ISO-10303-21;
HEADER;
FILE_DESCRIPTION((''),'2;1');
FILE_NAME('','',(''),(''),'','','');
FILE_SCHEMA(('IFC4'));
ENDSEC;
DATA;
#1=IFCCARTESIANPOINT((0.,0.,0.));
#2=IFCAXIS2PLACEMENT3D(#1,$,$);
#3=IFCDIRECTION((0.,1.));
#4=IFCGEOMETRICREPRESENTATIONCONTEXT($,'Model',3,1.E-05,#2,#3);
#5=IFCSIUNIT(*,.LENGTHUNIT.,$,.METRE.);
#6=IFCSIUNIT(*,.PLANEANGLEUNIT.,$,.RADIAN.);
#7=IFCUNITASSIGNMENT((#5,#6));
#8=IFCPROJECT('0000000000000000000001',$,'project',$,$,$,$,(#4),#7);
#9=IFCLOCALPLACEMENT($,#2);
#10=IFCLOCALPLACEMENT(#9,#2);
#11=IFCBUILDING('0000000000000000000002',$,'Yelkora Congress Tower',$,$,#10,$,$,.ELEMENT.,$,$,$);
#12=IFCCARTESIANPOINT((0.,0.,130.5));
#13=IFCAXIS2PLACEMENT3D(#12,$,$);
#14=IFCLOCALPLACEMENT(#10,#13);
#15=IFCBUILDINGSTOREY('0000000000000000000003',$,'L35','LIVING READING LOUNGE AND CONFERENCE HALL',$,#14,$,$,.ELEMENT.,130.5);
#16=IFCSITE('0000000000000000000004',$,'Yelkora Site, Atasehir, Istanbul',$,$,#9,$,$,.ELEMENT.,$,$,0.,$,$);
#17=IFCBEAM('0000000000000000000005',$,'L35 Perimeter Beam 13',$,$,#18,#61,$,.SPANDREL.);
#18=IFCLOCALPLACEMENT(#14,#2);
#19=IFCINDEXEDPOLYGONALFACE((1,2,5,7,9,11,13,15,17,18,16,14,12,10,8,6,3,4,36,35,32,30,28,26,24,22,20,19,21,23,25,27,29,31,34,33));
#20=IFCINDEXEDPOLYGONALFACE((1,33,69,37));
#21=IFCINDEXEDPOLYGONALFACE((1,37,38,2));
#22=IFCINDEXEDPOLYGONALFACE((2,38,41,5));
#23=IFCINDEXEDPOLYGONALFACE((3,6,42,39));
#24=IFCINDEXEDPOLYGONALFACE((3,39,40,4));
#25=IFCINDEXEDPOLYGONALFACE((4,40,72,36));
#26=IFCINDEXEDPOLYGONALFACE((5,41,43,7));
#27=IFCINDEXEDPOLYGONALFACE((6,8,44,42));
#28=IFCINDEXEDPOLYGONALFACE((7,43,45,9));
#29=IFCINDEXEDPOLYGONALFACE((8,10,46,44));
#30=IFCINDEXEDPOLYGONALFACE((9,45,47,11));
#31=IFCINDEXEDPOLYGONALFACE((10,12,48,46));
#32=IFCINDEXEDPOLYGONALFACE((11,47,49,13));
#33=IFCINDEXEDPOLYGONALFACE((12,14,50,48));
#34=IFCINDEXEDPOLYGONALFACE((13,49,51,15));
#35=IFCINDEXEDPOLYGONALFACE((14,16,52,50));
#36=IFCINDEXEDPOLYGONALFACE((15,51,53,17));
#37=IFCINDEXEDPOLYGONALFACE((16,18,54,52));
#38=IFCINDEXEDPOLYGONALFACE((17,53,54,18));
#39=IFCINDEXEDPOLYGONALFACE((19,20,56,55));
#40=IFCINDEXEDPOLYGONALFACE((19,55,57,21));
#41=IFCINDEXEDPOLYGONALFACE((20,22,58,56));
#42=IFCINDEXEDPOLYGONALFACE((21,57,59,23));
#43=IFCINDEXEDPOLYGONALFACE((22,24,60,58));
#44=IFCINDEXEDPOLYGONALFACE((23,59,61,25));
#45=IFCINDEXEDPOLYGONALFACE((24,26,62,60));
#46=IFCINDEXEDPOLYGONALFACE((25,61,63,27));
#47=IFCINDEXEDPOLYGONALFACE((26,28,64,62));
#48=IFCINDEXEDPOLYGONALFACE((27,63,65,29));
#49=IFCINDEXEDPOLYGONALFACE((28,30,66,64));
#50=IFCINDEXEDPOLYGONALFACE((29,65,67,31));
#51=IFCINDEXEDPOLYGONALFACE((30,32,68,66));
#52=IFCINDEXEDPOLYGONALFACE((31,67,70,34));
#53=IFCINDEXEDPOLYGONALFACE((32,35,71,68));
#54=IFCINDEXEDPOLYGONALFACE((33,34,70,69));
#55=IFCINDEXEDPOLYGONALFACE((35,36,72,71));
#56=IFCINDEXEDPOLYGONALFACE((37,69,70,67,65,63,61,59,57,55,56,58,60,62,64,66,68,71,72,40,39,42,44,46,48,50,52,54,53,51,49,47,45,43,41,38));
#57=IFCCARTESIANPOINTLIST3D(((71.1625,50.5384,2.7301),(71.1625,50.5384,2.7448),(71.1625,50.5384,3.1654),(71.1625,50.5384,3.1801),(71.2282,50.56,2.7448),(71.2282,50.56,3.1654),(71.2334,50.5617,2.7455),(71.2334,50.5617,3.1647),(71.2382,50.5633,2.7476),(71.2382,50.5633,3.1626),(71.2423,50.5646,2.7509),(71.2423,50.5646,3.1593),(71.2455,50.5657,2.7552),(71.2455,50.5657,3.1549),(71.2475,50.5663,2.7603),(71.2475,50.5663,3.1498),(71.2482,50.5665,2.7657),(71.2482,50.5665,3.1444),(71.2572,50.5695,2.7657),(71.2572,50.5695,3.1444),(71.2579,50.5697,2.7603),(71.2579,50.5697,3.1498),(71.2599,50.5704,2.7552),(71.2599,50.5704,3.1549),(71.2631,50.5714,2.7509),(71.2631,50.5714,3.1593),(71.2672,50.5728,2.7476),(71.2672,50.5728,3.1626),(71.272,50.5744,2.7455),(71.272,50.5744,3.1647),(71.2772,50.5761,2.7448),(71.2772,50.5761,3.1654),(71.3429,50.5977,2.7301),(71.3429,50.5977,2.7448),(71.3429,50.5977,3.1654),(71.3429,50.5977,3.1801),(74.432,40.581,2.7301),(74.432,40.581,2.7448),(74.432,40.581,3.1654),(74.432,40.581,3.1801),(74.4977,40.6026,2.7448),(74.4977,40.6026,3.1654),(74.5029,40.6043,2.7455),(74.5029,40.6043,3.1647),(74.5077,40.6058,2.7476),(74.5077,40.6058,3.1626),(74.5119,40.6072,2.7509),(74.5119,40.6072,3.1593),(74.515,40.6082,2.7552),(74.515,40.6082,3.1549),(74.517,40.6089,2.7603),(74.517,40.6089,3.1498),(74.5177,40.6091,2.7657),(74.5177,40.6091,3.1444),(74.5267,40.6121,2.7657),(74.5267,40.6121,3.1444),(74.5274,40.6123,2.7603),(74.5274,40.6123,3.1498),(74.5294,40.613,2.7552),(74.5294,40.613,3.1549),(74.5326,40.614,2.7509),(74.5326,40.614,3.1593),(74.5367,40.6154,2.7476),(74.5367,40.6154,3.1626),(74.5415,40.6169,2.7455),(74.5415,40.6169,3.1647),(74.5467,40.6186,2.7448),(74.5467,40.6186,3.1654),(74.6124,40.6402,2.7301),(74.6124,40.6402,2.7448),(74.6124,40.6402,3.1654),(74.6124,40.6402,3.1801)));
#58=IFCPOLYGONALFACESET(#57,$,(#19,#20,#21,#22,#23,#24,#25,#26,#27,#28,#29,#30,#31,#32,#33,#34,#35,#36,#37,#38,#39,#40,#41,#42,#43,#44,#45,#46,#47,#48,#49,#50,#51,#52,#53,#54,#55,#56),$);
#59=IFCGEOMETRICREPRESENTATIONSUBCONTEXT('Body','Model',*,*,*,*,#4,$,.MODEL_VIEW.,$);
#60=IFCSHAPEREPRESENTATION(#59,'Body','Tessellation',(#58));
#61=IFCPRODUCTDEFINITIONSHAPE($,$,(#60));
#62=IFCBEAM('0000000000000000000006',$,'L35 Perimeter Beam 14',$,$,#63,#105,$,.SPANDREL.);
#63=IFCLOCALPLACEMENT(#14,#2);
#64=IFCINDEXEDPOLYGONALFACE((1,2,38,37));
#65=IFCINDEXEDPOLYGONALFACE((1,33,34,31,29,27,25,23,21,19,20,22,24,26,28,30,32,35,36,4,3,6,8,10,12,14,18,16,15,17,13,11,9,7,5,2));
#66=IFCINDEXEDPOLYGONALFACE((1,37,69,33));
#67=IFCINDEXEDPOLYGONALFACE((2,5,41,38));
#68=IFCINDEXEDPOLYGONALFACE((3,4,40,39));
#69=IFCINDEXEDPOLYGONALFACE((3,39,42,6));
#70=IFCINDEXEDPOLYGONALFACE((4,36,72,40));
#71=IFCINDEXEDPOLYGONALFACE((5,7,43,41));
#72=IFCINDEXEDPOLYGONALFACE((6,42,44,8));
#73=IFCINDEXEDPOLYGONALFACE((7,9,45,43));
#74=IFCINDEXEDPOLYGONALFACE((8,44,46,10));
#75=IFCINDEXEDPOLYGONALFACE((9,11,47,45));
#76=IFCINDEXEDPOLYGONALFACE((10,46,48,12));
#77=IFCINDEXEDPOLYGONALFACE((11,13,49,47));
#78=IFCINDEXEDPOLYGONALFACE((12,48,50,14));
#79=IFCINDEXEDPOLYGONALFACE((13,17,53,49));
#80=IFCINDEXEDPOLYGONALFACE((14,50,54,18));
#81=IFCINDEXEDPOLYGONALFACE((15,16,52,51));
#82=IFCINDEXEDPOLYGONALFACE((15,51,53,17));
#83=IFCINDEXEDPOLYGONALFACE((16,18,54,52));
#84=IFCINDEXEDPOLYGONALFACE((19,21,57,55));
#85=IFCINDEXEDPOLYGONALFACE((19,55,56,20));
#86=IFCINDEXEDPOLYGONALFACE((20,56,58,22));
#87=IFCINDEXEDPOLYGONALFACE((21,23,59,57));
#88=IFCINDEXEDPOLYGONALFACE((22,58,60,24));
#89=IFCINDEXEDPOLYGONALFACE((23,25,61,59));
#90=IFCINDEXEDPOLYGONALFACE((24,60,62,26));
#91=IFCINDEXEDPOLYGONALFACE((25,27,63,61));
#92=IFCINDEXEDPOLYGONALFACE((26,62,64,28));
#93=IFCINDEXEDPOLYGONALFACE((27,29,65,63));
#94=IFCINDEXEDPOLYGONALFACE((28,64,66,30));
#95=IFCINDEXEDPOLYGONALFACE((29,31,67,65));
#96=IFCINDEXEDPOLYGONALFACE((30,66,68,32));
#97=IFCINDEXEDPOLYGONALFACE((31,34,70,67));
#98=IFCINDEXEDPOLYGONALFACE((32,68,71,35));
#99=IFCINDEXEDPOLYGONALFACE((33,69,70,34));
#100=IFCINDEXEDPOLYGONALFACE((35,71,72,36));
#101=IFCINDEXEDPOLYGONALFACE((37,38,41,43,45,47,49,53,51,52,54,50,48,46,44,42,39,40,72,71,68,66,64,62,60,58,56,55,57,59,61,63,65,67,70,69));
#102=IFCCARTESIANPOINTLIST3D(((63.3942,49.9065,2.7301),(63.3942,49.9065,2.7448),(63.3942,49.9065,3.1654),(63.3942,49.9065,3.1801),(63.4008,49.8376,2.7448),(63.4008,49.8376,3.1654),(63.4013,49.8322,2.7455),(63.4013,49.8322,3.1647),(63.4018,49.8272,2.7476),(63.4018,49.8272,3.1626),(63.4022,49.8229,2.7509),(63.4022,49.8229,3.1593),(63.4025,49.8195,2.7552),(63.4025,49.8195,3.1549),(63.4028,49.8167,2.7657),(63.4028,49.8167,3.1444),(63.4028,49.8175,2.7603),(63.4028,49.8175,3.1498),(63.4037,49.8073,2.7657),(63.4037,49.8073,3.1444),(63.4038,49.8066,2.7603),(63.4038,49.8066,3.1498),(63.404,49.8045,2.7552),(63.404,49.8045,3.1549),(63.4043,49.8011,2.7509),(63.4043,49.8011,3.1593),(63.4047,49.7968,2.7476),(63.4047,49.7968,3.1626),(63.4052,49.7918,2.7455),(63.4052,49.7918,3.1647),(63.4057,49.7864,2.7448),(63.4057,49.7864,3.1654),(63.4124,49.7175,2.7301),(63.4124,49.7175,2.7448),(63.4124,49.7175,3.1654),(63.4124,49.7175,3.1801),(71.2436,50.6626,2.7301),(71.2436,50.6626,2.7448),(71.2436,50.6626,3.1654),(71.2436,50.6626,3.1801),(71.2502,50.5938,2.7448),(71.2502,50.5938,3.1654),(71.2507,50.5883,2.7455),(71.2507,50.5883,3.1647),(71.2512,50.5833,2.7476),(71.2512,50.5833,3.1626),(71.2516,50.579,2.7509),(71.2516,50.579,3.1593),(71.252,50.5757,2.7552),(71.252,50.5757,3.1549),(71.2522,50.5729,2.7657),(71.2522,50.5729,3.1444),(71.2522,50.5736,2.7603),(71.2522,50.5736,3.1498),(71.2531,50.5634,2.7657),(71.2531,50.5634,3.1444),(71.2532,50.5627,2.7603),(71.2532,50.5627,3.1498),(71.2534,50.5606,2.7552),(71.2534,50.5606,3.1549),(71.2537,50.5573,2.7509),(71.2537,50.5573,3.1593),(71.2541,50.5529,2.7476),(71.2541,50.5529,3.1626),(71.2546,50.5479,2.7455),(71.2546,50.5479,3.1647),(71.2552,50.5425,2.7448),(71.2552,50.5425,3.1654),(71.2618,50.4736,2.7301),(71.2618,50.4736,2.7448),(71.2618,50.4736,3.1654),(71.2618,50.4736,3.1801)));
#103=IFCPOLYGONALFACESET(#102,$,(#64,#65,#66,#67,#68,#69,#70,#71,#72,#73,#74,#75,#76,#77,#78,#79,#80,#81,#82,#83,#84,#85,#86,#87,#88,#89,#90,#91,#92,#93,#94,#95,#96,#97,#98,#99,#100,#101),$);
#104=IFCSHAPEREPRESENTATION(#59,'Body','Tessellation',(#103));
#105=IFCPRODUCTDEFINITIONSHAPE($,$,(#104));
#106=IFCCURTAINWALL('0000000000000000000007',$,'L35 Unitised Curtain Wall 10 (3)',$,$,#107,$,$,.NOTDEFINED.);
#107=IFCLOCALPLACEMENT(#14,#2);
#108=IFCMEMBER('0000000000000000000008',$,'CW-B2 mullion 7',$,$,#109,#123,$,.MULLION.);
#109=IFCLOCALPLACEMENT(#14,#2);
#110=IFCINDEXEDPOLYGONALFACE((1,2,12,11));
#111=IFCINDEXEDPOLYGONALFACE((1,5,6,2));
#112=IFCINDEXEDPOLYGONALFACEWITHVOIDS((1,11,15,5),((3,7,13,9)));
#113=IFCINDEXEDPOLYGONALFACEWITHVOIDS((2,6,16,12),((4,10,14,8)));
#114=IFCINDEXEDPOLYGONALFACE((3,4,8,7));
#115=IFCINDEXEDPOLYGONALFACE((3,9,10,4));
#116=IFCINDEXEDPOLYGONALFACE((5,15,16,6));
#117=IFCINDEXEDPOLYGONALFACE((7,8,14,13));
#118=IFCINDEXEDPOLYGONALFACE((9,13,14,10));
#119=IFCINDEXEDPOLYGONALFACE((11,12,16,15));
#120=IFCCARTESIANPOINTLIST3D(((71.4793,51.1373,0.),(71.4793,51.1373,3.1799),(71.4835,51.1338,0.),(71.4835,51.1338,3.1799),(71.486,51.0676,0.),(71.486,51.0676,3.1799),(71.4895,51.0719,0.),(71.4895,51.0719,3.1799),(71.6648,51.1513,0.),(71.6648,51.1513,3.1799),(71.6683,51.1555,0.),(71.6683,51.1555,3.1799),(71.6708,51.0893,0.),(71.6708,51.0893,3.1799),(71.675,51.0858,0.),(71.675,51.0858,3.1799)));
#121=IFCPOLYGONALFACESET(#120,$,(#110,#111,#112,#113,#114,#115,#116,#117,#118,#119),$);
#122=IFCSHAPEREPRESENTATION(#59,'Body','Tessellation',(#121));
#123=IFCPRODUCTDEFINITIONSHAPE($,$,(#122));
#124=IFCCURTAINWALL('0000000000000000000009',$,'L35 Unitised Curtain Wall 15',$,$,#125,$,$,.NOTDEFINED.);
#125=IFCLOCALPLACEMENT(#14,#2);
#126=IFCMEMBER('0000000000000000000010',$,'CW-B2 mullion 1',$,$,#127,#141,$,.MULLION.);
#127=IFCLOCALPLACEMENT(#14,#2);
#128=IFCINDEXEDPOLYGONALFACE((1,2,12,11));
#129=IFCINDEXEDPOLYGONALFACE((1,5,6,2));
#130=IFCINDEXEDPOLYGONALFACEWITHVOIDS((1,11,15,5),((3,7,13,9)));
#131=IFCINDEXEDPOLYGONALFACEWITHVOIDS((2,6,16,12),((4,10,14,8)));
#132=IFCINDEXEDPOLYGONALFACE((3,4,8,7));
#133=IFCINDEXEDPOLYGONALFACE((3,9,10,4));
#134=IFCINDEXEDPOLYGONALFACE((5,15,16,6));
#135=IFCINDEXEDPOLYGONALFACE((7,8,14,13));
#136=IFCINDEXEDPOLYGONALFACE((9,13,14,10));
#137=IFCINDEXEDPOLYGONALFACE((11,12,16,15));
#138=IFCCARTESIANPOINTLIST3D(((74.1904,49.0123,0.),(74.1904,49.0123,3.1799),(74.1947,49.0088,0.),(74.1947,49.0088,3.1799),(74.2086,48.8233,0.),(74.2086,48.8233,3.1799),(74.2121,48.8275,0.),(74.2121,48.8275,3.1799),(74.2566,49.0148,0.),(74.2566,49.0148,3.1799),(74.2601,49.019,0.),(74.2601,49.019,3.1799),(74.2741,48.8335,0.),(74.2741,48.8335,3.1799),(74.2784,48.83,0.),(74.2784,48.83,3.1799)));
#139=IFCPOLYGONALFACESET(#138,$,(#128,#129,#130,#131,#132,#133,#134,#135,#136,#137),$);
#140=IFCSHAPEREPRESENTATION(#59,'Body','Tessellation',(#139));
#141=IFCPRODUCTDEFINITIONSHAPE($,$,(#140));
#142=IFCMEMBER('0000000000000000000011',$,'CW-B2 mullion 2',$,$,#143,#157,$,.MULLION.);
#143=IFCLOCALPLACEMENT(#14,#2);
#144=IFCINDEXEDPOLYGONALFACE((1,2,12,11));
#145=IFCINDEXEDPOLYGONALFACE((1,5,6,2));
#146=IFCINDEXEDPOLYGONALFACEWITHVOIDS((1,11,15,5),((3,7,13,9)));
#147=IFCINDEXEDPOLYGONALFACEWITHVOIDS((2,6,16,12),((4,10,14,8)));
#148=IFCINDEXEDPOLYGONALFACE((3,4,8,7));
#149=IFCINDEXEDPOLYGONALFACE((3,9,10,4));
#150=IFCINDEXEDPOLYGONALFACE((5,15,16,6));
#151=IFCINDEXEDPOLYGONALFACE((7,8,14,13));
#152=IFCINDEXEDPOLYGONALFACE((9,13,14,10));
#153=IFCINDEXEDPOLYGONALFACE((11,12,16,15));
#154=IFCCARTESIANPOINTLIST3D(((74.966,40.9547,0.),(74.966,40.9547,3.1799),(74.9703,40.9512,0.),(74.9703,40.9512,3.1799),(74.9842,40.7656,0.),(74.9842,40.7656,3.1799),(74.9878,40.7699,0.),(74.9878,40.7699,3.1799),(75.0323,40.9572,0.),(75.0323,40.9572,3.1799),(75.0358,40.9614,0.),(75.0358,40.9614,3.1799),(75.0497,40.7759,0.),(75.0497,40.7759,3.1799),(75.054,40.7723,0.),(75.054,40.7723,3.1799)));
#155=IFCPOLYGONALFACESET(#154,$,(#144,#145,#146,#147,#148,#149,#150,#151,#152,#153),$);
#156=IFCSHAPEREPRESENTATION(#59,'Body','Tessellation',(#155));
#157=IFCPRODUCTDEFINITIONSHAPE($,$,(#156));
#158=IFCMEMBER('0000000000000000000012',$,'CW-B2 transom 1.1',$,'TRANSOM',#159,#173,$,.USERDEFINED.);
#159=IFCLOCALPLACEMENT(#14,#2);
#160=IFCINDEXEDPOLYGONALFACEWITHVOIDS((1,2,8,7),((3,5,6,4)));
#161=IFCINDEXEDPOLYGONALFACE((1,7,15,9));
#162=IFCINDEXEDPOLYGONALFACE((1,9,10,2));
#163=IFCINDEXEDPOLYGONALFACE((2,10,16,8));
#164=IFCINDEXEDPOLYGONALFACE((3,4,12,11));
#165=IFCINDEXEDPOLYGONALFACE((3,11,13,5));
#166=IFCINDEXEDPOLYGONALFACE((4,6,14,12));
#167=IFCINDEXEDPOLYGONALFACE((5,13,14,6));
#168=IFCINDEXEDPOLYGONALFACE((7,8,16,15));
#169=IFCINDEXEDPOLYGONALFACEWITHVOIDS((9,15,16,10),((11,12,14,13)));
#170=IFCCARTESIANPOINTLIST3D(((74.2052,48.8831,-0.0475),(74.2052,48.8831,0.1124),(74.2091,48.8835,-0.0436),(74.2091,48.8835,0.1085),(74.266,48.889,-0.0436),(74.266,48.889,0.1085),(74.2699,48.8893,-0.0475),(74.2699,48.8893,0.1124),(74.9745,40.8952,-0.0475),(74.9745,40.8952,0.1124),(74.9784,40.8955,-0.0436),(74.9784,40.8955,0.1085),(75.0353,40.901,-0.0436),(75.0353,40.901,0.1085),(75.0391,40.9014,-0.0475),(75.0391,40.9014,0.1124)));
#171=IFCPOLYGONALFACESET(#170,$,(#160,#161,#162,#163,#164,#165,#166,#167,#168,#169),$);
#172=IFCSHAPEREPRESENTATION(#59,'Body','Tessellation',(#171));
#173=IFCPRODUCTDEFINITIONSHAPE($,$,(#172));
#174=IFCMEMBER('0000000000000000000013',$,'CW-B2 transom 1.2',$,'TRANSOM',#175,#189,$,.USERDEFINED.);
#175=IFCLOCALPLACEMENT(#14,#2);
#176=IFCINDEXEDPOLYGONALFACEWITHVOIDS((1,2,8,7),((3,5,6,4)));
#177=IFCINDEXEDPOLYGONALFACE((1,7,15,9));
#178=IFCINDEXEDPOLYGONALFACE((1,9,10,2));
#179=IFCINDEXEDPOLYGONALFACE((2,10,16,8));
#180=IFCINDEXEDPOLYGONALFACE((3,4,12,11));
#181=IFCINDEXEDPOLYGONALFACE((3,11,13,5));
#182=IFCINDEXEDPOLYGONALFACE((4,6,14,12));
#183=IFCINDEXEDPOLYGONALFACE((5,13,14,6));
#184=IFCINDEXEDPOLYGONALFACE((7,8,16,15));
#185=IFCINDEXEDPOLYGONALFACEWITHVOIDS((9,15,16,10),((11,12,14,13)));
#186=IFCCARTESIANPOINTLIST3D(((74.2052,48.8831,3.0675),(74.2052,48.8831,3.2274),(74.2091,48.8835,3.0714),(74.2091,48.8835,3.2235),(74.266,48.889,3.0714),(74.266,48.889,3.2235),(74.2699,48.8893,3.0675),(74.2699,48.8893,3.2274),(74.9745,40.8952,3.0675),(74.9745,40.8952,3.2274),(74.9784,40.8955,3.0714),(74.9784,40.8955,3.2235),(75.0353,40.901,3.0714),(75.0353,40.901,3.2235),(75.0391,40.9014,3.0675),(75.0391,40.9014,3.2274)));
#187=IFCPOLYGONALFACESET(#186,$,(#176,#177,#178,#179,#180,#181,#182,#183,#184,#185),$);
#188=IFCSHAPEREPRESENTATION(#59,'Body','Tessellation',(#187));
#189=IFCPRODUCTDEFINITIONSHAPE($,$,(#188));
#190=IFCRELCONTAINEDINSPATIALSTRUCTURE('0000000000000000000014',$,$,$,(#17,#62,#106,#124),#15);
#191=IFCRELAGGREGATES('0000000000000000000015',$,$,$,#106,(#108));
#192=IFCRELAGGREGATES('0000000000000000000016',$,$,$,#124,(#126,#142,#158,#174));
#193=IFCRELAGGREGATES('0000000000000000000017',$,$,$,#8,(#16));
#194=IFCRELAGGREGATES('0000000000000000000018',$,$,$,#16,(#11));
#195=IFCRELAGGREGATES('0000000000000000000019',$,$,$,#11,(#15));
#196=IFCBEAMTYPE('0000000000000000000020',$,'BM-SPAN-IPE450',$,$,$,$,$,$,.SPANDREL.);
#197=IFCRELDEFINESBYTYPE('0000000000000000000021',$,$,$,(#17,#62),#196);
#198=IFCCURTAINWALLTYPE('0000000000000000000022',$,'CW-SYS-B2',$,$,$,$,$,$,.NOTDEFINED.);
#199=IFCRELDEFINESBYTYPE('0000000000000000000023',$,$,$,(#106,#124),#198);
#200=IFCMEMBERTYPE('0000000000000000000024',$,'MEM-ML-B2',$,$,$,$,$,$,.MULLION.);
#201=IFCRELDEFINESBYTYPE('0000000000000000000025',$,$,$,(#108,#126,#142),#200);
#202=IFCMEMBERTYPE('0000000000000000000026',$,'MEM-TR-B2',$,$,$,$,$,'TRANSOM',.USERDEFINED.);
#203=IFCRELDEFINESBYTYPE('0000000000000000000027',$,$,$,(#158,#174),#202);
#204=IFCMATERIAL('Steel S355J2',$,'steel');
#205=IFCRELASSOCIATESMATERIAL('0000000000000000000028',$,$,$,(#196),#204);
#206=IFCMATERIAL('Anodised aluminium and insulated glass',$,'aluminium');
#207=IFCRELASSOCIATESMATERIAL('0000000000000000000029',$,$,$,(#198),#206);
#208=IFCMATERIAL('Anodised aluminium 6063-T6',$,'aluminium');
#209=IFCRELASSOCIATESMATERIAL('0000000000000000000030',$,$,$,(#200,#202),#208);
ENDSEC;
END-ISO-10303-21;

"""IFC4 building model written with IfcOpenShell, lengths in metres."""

from ifc_helpers import new_model, si_unit, direction, frame, origin, origin_2d, place, context, subcontext, project, spatial, hollow_rectangle, i_section, extrude, material, material_profile, profile_set, type_object, element, aggregate, save


model = new_model("IFC4")

# Units and contexts
model_context = context("Model", 3, precision=1e-05, world=origin(), true_north=direction((0.0, 1.0)))
body_context = subcontext(model_context, "Body", "Model", "MODEL_VIEW")
ifc_project = project(units=[si_unit("LENGTHUNIT", "METRE"), si_unit("PLANEANGLEUNIT", "RADIAN")], contexts=[model_context])

# Site, building, storey
site_placement = place(None, origin())
site = spatial("IfcSite", under=ifc_project, at=site_placement, Name="Yelkora Site, Atasehir, Istanbul", CompositionType="ELEMENT", RefElevation=0.0)
building_placement = place(site_placement, origin())
building = spatial("IfcBuilding", under=site, at=building_placement, Name="Yelkora Congress Tower", CompositionType="ELEMENT")
storey_placement = place(building_placement, frame((0.0, 0.0, 130.5)))
storey = spatial("IfcBuildingStorey", under=building, at=storey_placement, Name="L35", Description="LIVING READING LOUNGE AND CONFERENCE HALL", CompositionType="ELEMENT", Elevation=130.5)

# Beams
ifc_material_1 = material(Name="Steel S355J2", Category="steel")
ifc_material_profile_1 = material_profile(ifc_material_1, i_section(OverallWidth=0.1899, OverallDepth=0.45, WebThickness=0.0095, FlangeThickness=0.0146, FilletRadius=0.021, at=origin_2d()), Name="IPE 450")
ifc_profile_set_1 = profile_set([ifc_material_profile_1], Name="Steel S355J2")
beam_type_1 = type_object("IfcBeamType", Name="BM-SPAN-IPE450", PredefinedType="SPANDREL", material=ifc_profile_set_1)
beam_1_placement = place(storey_placement, frame((74.5222, 40.6106, 2.9551), z_axis=(-0.311962, 0.950095, 0.0), x_axis=(-0.950095, -0.311962, 0.0)))
element("IfcBeam", 1, at=beam_1_placement, inside=storey, type_object=beam_type_1, Name="L35 Perimeter Beam 13", PredefinedType="SPANDREL", context=body_context, shape_type="SweptSolid", body=[
    extrude(i_section(OverallWidth=0.1899, OverallDepth=0.45, WebThickness=0.0095, FlangeThickness=0.0146, FilletRadius=0.021, at=origin_2d()), origin(), (0.0, 0.0, 1.0), 10.4805),
])
beam_2_placement = place(storey_placement, frame((71.2527, 50.5681, 2.9551), z_axis=(-0.995393, -0.095883, 0.0), x_axis=(0.095883, -0.995393, 0.0)))
element("IfcBeam", 2, at=beam_2_placement, inside=storey, type_object=beam_type_1, Name="L35 Perimeter Beam 14", PredefinedType="SPANDREL", context=body_context, shape_type="SweptSolid", body=[
    extrude(i_section(OverallWidth=0.1899, OverallDepth=0.45, WebThickness=0.0095, FlangeThickness=0.0146, FilletRadius=0.021, at=origin_2d()), origin(), (0.0, 0.0, 1.0), 7.8857),
])

# Curtain wall, member
ifc_material_2 = material(Name="Anodised aluminium and insulated glass", Category="aluminium")
curtain_wall_type = type_object("IfcCurtainWallType", Name="CW-SYS-B2", PredefinedType="NOTDEFINED", material=ifc_material_2)
curtain_wall_1_placement = place(storey_placement, origin())
curtain_wall_1 = element("IfcCurtainWall", 3, at=curtain_wall_1_placement, inside=storey, type_object=curtain_wall_type, Name="L35 Unitised Curtain Wall 10 (3)", PredefinedType="NOTDEFINED")
ifc_material_3 = material(Name="Anodised aluminium 6063-T6", Category="aluminium")
ifc_material_profile_2 = material_profile(ifc_material_3, hollow_rectangle(XDim=0.0701, YDim=0.1899, WallThickness=0.0039, at=origin_2d()), Name="ALU 70x190x4")
ifc_profile_set_2 = profile_set([ifc_material_profile_2], Name="Anodised aluminium 6063-T6")
member_type_1 = type_object("IfcMemberType", Name="MEM-ML-B2", PredefinedType="MULLION", material=ifc_profile_set_2)
member_1_placement = place(storey_placement, frame((71.5771, 51.1116, 0.0), z_axis=(0.0, 0.0, 1.0), x_axis=(-0.095844, 0.995396, 0.0)))
member_1 = element("IfcMember", 4, at=member_1_placement, type_object=member_type_1, Name="CW-B2 mullion 7", PredefinedType="MULLION", context=body_context, shape_type="SweptSolid", body=[
    extrude(hollow_rectangle(XDim=0.0701, YDim=0.1899, WallThickness=0.0039, at=origin_2d()), origin(), (0.0, 0.0, 1.0), 3.1799),
])
aggregate(curtain_wall_1, [member_1])

# Curtain wall, members
curtain_wall_2_placement = place(storey_placement, origin())
curtain_wall_2 = element("IfcCurtainWall", 5, at=curtain_wall_2_placement, inside=storey, type_object=curtain_wall_type, Name="L35 Unitised Curtain Wall 15", PredefinedType="NOTDEFINED")
member_2_placement = place(storey_placement, frame((74.2344, 48.9211, 0.0), z_axis=(0.0, 0.0, 1.0), x_axis=(0.995397, 0.095843, 0.0)))
member_2 = element("IfcMember", 6, at=member_2_placement, type_object=member_type_1, Name="CW-B2 mullion 1", PredefinedType="MULLION", context=body_context, shape_type="SweptSolid", body=[
    extrude(hollow_rectangle(XDim=0.0701, YDim=0.1899, WallThickness=0.0039, at=origin_2d()), origin(), (0.0, 0.0, 1.0), 3.1799),
])
member_3_placement = place(storey_placement, frame((75.01, 40.8635, 0.0), z_axis=(0.0, 0.0, 1.0), x_axis=(0.995397, 0.095843, 0.0)))
member_3 = element("IfcMember", 7, at=member_3_placement, type_object=member_type_1, Name="CW-B2 mullion 2", PredefinedType="MULLION", context=body_context, shape_type="SweptSolid", body=[
    extrude(hollow_rectangle(XDim=0.0701, YDim=0.1899, WallThickness=0.0039, at=origin_2d()), origin(), (0.0, 0.0, 1.0), 3.1799),
])
ifc_material_profile_3 = material_profile(ifc_material_3, hollow_rectangle(XDim=0.0649, YDim=0.1599, WallThickness=0.0039, at=origin_2d()), Name="ALU 65x160x4")
ifc_profile_set_3 = profile_set([ifc_material_profile_3], Name="Anodised aluminium 6063-T6")
member_type_2 = type_object("IfcMemberType", Name="MEM-TR-B2", ElementType="TRANSOM", PredefinedType="USERDEFINED", material=ifc_profile_set_3)
member_4_placement = place(storey_placement, frame((74.2375, 48.8862, 0.0325), z_axis=(0.095861, -0.995395, 0.0), x_axis=(0.995395, 0.095861, 0.0)))
member_4 = element("IfcMember", 8, at=member_4_placement, type_object=member_type_2, Name="CW-B2 transom 1.1", ObjectType="TRANSOM", PredefinedType="USERDEFINED", context=body_context, shape_type="SweptSolid", body=[
    extrude(hollow_rectangle(XDim=0.0649, YDim=0.1599, WallThickness=0.0039, at=origin_2d()), origin(), (0.0, 0.0, 1.0), 8.0249),
])
member_5_placement = place(storey_placement, frame((74.2375, 48.8862, 3.1475), z_axis=(0.095861, -0.995395, 0.0), x_axis=(0.995395, 0.095861, 0.0)))
member_5 = element("IfcMember", 9, at=member_5_placement, type_object=member_type_2, Name="CW-B2 transom 1.2", ObjectType="TRANSOM", PredefinedType="USERDEFINED", context=body_context, shape_type="SweptSolid", body=[
    extrude(hollow_rectangle(XDim=0.0649, YDim=0.1599, WallThickness=0.0039, at=origin_2d()), origin(), (0.0, 0.0, 1.0), 8.0249),
])
aggregate(curtain_wall_2, [member_2, member_3, member_4, member_5])

save(model, "model.ifc")
